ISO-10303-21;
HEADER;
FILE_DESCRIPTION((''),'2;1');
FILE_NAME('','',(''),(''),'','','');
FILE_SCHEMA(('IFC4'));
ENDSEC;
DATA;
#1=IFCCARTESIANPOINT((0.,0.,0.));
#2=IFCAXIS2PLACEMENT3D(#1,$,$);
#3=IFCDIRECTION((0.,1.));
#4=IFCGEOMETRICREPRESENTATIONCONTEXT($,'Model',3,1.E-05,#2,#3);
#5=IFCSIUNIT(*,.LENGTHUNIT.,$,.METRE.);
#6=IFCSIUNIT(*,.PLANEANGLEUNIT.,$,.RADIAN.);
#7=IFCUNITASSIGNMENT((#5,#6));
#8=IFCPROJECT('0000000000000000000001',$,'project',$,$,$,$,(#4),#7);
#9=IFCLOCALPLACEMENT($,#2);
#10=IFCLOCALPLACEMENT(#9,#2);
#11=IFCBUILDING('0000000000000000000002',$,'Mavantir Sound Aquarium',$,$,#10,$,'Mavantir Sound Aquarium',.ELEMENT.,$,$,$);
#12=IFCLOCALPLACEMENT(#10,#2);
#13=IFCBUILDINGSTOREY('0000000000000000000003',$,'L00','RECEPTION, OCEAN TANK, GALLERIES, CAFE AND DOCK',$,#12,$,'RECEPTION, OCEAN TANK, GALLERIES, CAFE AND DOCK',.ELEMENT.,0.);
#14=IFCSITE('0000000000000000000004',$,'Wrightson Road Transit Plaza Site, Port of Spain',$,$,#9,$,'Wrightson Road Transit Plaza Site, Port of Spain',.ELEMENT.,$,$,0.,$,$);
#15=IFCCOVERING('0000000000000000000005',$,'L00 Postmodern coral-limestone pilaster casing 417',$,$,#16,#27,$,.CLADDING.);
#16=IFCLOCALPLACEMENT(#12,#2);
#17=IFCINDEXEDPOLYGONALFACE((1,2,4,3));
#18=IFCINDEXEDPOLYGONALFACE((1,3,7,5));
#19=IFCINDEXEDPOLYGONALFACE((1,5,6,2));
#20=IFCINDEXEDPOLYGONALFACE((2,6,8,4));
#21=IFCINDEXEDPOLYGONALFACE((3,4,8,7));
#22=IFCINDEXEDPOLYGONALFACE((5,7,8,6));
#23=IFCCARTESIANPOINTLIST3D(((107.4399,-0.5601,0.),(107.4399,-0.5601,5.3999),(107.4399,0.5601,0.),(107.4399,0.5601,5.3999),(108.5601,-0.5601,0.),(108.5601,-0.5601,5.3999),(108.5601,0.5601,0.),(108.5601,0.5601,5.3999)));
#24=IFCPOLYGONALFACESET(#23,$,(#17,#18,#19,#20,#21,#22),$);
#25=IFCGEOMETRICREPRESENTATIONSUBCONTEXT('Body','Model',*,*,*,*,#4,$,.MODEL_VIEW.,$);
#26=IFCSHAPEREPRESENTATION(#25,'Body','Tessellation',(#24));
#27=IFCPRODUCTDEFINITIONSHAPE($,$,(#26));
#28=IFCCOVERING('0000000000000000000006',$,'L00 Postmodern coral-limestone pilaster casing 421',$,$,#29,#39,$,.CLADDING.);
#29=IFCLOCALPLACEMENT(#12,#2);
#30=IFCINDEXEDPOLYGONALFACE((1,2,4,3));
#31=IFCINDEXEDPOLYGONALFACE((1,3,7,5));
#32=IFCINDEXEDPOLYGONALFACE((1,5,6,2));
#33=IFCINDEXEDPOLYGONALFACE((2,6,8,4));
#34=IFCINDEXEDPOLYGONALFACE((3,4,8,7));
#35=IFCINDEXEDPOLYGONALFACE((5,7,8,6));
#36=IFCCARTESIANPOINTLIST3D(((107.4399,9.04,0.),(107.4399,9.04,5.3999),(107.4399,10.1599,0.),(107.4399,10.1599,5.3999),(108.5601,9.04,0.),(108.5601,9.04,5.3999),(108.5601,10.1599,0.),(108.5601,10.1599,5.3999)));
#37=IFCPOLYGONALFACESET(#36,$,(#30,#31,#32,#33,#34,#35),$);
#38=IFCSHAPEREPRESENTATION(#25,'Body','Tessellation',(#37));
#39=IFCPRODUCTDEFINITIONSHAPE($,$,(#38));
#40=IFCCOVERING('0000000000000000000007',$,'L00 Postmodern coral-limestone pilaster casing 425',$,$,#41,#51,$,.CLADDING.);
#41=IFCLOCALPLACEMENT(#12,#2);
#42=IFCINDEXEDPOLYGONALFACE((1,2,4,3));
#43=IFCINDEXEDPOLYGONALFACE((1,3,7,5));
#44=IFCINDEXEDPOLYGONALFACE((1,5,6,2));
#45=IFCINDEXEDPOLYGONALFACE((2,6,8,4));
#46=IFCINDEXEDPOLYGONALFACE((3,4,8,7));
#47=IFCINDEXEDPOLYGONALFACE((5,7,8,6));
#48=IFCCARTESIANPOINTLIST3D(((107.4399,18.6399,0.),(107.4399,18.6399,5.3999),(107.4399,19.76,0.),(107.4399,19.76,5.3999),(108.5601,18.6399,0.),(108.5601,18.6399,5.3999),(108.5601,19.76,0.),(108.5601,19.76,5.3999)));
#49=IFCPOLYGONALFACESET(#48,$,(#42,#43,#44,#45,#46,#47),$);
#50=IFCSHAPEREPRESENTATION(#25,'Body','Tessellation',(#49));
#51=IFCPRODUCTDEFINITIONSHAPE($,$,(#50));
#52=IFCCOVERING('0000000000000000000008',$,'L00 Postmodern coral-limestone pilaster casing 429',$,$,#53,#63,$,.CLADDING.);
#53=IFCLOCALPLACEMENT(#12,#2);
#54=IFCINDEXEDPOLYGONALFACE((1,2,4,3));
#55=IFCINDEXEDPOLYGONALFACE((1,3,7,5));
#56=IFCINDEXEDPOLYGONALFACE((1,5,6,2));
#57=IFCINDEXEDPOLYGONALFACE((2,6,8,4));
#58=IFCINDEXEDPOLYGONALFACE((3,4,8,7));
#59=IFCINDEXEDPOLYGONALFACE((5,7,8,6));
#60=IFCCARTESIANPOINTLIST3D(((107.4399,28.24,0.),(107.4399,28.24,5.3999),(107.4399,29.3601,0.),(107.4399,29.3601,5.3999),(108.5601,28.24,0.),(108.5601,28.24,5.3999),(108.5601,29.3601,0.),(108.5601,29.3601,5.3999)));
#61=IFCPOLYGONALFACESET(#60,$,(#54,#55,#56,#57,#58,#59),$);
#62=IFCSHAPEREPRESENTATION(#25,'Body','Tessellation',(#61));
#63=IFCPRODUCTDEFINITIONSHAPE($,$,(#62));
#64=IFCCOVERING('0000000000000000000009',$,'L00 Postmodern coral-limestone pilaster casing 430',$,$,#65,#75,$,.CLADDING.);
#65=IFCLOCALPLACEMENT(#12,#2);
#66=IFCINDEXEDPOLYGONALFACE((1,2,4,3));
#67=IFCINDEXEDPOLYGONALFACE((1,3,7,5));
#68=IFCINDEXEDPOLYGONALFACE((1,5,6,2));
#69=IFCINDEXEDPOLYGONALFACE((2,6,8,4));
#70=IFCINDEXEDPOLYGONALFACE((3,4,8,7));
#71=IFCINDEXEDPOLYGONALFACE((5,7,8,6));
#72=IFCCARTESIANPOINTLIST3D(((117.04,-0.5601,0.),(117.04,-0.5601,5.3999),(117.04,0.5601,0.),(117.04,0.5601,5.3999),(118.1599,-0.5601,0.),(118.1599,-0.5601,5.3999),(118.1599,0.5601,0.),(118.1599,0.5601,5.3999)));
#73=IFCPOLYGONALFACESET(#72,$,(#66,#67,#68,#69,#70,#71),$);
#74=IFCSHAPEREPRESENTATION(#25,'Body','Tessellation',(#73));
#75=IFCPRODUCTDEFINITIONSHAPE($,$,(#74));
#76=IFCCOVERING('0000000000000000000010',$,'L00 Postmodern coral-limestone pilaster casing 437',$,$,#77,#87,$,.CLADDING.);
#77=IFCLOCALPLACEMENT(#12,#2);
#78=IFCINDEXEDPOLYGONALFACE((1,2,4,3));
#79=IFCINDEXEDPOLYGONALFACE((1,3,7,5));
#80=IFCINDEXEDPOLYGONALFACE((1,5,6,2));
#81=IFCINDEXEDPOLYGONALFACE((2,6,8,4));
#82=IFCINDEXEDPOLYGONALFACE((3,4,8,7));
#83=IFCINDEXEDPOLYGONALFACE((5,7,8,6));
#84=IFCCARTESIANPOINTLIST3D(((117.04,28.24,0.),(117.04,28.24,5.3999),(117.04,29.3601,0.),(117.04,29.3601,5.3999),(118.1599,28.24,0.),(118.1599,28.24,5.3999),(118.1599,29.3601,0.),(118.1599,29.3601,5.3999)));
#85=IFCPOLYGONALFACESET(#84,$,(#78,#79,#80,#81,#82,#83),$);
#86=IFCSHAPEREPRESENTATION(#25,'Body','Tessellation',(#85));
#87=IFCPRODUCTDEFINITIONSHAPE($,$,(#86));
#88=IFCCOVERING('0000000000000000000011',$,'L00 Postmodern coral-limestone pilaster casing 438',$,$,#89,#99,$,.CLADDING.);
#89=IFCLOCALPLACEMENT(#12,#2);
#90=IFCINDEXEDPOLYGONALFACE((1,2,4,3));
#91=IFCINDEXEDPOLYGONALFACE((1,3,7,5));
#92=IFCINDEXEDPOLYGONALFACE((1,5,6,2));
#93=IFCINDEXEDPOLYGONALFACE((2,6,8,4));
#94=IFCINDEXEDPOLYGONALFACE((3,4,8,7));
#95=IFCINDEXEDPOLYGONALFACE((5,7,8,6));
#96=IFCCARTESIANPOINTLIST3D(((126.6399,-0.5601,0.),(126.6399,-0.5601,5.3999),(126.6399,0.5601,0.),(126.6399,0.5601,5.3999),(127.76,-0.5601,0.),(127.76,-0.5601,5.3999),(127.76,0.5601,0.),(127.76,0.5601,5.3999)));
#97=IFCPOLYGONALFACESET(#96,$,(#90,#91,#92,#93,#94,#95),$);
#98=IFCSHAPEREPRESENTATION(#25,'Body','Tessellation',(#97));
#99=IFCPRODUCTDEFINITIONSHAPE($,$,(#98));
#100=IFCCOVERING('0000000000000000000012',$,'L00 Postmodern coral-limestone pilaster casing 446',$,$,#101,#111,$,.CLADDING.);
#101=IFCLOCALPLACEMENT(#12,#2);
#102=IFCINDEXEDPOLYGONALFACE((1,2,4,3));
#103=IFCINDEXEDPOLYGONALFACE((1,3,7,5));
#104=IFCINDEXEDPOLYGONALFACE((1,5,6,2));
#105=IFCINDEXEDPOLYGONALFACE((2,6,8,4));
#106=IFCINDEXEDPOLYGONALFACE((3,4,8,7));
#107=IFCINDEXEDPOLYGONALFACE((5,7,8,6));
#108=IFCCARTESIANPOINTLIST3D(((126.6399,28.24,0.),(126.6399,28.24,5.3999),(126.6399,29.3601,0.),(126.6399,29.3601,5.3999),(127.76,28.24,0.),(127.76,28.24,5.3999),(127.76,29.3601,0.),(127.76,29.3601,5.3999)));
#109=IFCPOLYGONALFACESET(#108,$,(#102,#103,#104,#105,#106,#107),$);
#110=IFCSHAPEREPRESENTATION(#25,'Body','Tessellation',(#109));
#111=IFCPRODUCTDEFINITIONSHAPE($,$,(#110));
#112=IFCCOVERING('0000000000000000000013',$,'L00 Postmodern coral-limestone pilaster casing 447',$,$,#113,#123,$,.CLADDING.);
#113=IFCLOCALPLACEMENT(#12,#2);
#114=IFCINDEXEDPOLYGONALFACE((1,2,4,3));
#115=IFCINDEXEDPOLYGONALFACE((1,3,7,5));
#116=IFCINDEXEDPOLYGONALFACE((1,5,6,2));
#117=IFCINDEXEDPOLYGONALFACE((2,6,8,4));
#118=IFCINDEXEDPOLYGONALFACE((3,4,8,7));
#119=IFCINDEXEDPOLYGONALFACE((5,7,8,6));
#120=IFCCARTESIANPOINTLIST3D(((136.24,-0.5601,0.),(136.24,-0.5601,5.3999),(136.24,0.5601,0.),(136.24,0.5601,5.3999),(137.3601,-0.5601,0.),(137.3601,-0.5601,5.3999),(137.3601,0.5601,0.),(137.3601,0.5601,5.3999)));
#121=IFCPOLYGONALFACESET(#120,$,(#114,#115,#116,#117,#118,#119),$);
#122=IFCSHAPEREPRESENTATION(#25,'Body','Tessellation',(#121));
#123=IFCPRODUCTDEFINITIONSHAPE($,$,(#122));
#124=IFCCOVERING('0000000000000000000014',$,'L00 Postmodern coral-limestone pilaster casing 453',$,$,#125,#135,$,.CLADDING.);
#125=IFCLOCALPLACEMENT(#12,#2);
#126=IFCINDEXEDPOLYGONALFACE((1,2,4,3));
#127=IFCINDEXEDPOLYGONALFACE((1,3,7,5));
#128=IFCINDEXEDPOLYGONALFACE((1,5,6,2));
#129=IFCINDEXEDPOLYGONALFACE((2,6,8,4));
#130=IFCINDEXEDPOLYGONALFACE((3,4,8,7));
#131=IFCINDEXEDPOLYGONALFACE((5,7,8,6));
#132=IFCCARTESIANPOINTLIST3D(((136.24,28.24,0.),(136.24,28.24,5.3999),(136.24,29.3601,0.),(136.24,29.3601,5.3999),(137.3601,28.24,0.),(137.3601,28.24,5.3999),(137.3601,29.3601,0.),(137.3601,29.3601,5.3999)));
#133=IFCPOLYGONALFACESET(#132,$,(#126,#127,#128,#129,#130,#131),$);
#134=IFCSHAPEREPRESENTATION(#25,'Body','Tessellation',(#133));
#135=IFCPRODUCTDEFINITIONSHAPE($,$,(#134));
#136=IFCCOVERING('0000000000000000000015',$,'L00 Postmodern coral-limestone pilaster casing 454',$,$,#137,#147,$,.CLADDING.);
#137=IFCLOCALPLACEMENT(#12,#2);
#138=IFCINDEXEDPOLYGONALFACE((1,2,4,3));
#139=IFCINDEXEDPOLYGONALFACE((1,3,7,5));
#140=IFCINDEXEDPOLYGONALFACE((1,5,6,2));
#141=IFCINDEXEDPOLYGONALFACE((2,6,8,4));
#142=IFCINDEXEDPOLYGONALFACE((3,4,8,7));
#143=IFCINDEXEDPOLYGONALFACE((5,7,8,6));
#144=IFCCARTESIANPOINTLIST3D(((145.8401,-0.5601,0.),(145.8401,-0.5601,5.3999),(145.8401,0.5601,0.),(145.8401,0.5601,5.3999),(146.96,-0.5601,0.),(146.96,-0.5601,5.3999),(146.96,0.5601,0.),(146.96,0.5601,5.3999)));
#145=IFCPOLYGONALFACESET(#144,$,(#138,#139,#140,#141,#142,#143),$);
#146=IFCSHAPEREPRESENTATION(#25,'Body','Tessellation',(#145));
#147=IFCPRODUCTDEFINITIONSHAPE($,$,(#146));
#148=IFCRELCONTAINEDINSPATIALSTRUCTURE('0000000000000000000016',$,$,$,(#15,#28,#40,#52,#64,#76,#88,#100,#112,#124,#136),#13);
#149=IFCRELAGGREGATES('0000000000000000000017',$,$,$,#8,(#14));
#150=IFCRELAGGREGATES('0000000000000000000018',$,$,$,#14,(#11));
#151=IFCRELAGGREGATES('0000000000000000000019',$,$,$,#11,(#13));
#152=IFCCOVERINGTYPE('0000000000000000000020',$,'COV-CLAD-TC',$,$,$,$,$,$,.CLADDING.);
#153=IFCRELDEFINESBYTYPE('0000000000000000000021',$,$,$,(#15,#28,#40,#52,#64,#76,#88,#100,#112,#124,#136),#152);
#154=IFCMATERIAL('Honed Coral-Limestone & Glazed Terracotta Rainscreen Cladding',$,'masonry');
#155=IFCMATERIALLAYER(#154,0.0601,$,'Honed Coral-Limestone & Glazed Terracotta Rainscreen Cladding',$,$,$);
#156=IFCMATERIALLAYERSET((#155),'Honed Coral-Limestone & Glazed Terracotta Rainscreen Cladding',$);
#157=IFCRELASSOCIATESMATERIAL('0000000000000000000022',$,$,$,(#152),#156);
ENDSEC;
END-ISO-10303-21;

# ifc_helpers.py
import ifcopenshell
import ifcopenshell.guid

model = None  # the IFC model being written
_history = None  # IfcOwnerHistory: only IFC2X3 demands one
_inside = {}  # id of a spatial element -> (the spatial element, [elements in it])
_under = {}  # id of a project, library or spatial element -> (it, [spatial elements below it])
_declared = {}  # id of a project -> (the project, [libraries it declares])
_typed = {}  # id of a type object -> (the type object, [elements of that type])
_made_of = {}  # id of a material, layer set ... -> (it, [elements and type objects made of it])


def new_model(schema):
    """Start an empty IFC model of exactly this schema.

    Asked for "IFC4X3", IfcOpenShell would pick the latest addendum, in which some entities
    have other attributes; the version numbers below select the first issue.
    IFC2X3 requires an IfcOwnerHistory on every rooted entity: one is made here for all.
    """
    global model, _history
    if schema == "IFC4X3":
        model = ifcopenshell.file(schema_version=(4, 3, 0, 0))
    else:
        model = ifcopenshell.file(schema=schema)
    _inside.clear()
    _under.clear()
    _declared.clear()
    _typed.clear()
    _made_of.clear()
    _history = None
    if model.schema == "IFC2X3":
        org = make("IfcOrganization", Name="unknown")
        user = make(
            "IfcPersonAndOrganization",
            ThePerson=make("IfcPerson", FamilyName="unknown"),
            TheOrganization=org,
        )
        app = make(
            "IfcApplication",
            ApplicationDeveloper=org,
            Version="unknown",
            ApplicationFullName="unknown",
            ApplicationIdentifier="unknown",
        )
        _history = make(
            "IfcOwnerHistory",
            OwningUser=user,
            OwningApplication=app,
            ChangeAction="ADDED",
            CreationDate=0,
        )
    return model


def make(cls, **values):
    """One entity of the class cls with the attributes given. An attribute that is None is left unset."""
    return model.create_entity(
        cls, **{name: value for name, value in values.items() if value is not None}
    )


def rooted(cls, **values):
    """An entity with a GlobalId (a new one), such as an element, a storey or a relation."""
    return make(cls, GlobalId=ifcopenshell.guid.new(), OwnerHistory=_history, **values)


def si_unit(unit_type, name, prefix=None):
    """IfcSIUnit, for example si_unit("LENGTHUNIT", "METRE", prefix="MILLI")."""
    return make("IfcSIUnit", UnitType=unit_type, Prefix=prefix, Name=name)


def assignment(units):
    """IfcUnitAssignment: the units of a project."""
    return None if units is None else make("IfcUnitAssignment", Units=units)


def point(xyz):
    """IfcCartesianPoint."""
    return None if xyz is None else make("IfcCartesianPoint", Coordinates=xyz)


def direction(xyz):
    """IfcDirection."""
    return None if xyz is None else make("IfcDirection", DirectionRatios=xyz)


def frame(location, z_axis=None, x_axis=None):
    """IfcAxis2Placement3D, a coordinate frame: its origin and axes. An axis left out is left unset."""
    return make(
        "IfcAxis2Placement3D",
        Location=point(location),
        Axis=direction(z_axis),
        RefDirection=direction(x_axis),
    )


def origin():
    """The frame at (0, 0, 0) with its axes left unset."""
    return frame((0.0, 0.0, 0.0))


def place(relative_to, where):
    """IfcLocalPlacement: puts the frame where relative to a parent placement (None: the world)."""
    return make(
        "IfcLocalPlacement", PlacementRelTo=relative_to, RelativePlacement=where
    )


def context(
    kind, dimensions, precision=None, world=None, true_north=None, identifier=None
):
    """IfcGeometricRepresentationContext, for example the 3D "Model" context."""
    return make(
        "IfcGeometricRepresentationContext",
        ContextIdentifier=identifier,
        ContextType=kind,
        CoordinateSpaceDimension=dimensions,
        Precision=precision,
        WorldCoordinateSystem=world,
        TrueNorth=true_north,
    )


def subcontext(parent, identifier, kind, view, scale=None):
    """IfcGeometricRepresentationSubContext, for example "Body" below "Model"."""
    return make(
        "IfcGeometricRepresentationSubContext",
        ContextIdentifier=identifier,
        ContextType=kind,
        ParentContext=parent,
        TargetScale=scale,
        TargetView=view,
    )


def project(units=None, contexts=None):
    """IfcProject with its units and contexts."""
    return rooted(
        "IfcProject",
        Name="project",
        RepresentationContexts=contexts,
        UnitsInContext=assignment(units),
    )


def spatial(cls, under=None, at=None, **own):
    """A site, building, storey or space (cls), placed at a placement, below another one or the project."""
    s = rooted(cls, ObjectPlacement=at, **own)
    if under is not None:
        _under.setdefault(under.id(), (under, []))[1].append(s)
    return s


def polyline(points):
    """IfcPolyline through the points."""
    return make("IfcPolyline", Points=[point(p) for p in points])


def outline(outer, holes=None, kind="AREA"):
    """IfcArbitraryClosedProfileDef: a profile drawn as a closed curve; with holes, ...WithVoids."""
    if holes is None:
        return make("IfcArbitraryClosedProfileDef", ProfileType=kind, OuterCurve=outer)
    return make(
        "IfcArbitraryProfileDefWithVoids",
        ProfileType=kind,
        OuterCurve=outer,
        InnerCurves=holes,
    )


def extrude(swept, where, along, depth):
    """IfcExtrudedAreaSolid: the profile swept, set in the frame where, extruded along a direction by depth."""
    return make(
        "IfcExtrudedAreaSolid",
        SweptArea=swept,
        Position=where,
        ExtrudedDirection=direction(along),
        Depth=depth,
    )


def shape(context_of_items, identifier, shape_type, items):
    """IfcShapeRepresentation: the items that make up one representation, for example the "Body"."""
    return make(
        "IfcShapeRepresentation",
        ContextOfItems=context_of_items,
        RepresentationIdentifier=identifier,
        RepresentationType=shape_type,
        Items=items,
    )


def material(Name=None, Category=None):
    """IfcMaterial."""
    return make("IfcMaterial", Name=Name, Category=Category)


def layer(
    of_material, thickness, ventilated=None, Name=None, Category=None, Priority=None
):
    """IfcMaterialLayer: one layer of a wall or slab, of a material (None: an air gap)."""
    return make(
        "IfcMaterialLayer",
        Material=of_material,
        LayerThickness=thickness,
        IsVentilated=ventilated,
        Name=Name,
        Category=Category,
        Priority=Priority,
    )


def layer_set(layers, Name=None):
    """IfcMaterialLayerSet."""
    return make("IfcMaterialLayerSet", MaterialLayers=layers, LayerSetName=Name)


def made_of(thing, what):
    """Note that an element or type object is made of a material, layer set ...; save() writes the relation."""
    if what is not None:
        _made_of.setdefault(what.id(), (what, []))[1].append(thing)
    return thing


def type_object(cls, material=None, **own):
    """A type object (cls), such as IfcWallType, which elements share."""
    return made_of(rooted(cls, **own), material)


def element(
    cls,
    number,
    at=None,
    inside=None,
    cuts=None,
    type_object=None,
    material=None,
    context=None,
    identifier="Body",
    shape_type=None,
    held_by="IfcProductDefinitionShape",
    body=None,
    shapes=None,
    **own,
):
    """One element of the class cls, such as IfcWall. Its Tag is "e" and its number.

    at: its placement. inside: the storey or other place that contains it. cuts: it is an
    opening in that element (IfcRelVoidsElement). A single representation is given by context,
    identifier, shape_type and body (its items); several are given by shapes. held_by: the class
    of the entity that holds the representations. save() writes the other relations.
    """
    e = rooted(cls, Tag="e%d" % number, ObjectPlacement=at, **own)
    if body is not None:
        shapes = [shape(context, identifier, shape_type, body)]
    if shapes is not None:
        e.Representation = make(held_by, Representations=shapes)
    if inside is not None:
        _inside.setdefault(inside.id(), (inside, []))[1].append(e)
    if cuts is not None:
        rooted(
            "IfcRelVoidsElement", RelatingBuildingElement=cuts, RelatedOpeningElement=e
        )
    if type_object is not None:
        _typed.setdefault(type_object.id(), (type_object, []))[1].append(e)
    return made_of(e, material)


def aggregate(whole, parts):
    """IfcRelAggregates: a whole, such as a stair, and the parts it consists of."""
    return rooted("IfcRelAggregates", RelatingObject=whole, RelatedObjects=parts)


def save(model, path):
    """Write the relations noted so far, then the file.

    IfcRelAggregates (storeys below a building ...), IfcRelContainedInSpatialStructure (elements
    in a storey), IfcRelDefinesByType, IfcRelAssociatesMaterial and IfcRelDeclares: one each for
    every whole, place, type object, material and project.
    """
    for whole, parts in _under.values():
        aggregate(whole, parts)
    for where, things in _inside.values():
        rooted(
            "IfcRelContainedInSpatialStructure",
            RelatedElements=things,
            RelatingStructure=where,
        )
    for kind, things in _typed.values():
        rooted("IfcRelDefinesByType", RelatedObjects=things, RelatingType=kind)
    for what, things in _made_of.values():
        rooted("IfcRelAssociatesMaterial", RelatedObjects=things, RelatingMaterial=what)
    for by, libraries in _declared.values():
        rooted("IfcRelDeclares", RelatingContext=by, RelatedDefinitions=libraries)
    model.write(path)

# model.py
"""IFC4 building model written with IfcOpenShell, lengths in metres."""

from ifc_helpers import new_model, si_unit, direction, origin, place, context, subcontext, project, spatial, polyline, outline, extrude, material, layer, layer_set, type_object, element, save


model = new_model("IFC4")

# Units and contexts
model_context = context("Model", 3, precision=1e-05, world=origin(), true_north=direction((0.0, 1.0)))
body_context = subcontext(model_context, "Body", "Model", "MODEL_VIEW")
ifc_project = project(units=[si_unit("LENGTHUNIT", "METRE"), si_unit("PLANEANGLEUNIT", "RADIAN")], contexts=[model_context])

# Site, building, storey
site_placement = place(None, origin())
site = spatial("IfcSite", under=ifc_project, at=site_placement, Name="Wrightson Road Transit Plaza Site, Port of Spain", LongName="Wrightson Road Transit Plaza Site, Port of Spain", CompositionType="ELEMENT", RefElevation=0.0)
building_placement = place(site_placement, origin())
building = spatial("IfcBuilding", under=site, at=building_placement, Name="Mavantir Sound Aquarium", LongName="Mavantir Sound Aquarium", CompositionType="ELEMENT")
storey_placement = place(building_placement, origin())
storey = spatial("IfcBuildingStorey", under=building, at=storey_placement, Name="L00", Description="RECEPTION, OCEAN TANK, GALLERIES, CAFE AND DOCK", LongName="RECEPTION, OCEAN TANK, GALLERIES, CAFE AND DOCK", CompositionType="ELEMENT", Elevation=0.0)

# Coverings
ifc_material = material(Name="Honed Coral-Limestone & Glazed Terracotta Rainscreen Cladding", Category="masonry")
ifc_layer = layer(ifc_material, 0.0601, Name="Honed Coral-Limestone & Glazed Terracotta Rainscreen Cladding")
ifc_layer_set = layer_set([ifc_layer], Name="Honed Coral-Limestone & Glazed Terracotta Rainscreen Cladding")
covering_type = type_object("IfcCoveringType", Name="COV-CLAD-TC", PredefinedType="CLADDING", material=ifc_layer_set)
covering_1_placement = place(storey_placement, origin())
element("IfcCovering", 1, at=covering_1_placement, inside=storey, type_object=covering_type, Name="L00 Postmodern coral-limestone pilaster casing 417", PredefinedType="CLADDING", context=body_context, shape_type="SweptSolid", body=[
    extrude(outline(polyline([(107.4399, -0.5601), (108.5601, -0.5601), (108.5601, 0.5601), (107.4399, 0.5601), (107.4399, -0.5601)])), origin(), (0.0, 0.0, 1.0), 5.3999),
])
covering_2_placement = place(storey_placement, origin())
element("IfcCovering", 2, at=covering_2_placement, inside=storey, type_object=covering_type, Name="L00 Postmodern coral-limestone pilaster casing 421", PredefinedType="CLADDING", context=body_context, shape_type="SweptSolid", body=[
    extrude(outline(polyline([(107.4399, 9.04), (108.5601, 9.04), (108.5601, 10.1599), (107.4399, 10.1599), (107.4399, 9.04)])), origin(), (0.0, 0.0, 1.0), 5.3999),
])
covering_3_placement = place(storey_placement, origin())
element("IfcCovering", 3, at=covering_3_placement, inside=storey, type_object=covering_type, Name="L00 Postmodern coral-limestone pilaster casing 425", PredefinedType="CLADDING", context=body_context, shape_type="SweptSolid", body=[
    extrude(outline(polyline([(107.4399, 18.6399), (108.5601, 18.6399), (108.5601, 19.76), (107.4399, 19.76), (107.4399, 18.6399)])), origin(), (0.0, 0.0, 1.0), 5.3999),
])
covering_4_placement = place(storey_placement, origin())
element("IfcCovering", 4, at=covering_4_placement, inside=storey, type_object=covering_type, Name="L00 Postmodern coral-limestone pilaster casing 429", PredefinedType="CLADDING", context=body_context, shape_type="SweptSolid", body=[
    extrude(outline(polyline([(107.4399, 28.24), (108.5601, 28.24), (108.5601, 29.3601), (107.4399, 29.3601), (107.4399, 28.24)])), origin(), (0.0, 0.0, 1.0), 5.3999),
])
covering_5_placement = place(storey_placement, origin())
element("IfcCovering", 5, at=covering_5_placement, inside=storey, type_object=covering_type, Name="L00 Postmodern coral-limestone pilaster casing 430", PredefinedType="CLADDING", context=body_context, shape_type="SweptSolid", body=[
    extrude(outline(polyline([(117.04, -0.5601), (118.1599, -0.5601), (118.1599, 0.5601), (117.04, 0.5601), (117.04, -0.5601)])), origin(), (0.0, 0.0, 1.0), 5.3999),
])
covering_6_placement = place(storey_placement, origin())
element("IfcCovering", 6, at=covering_6_placement, inside=storey, type_object=covering_type, Name="L00 Postmodern coral-limestone pilaster casing 437", PredefinedType="CLADDING", context=body_context, shape_type="SweptSolid", body=[
    extrude(outline(polyline([(117.04, 28.24), (118.1599, 28.24), (118.1599, 29.3601), (117.04, 29.3601), (117.04, 28.24)])), origin(), (0.0, 0.0, 1.0), 5.3999),
])
covering_7_placement = place(storey_placement, origin())
element("IfcCovering", 7, at=covering_7_placement, inside=storey, type_object=covering_type, Name="L00 Postmodern coral-limestone pilaster casing 438", PredefinedType="CLADDING", context=body_context, shape_type="SweptSolid", body=[
    extrude(outline(polyline([(126.6399, -0.5601), (127.76, -0.5601), (127.76, 0.5601), (126.6399, 0.5601), (126.6399, -0.5601)])), origin(), (0.0, 0.0, 1.0), 5.3999),
])
covering_8_placement = place(storey_placement, origin())
element("IfcCovering", 8, at=covering_8_placement, inside=storey, type_object=covering_type, Name="L00 Postmodern coral-limestone pilaster casing 446", PredefinedType="CLADDING", context=body_context, shape_type="SweptSolid", body=[
    extrude(outline(polyline([(126.6399, 28.24), (127.76, 28.24), (127.76, 29.3601), (126.6399, 29.3601), (126.6399, 28.24)])), origin(), (0.0, 0.0, 1.0), 5.3999),
])
covering_9_placement = place(storey_placement, origin())
element("IfcCovering", 9, at=covering_9_placement, inside=storey, type_object=covering_type, Name="L00 Postmodern coral-limestone pilaster casing 447", PredefinedType="CLADDING", context=body_context, shape_type="SweptSolid", body=[
    extrude(outline(polyline([(136.24, -0.5601), (137.3601, -0.5601), (137.3601, 0.5601), (136.24, 0.5601), (136.24, -0.5601)])), origin(), (0.0, 0.0, 1.0), 5.3999),
])
covering_10_placement = place(storey_placement, origin())
element("IfcCovering", 10, at=covering_10_placement, inside=storey, type_object=covering_type, Name="L00 Postmodern coral-limestone pilaster casing 453", PredefinedType="CLADDING", context=body_context, shape_type="SweptSolid", body=[
    extrude(outline(polyline([(136.24, 28.24), (137.3601, 28.24), (137.3601, 29.3601), (136.24, 29.3601), (136.24, 28.24)])), origin(), (0.0, 0.0, 1.0), 5.3999),
])
covering_11_placement = place(storey_placement, origin())
element("IfcCovering", 11, at=covering_11_placement, inside=storey, type_object=covering_type, Name="L00 Postmodern coral-limestone pilaster casing 454", PredefinedType="CLADDING", context=body_context, shape_type="SweptSolid", body=[
    extrude(outline(polyline([(145.8401, -0.5601), (146.96, -0.5601), (146.96, 0.5601), (145.8401, 0.5601), (145.8401, -0.5601)])), origin(), (0.0, 0.0, 1.0), 5.3999),
])

save(model, "model.ifc")
